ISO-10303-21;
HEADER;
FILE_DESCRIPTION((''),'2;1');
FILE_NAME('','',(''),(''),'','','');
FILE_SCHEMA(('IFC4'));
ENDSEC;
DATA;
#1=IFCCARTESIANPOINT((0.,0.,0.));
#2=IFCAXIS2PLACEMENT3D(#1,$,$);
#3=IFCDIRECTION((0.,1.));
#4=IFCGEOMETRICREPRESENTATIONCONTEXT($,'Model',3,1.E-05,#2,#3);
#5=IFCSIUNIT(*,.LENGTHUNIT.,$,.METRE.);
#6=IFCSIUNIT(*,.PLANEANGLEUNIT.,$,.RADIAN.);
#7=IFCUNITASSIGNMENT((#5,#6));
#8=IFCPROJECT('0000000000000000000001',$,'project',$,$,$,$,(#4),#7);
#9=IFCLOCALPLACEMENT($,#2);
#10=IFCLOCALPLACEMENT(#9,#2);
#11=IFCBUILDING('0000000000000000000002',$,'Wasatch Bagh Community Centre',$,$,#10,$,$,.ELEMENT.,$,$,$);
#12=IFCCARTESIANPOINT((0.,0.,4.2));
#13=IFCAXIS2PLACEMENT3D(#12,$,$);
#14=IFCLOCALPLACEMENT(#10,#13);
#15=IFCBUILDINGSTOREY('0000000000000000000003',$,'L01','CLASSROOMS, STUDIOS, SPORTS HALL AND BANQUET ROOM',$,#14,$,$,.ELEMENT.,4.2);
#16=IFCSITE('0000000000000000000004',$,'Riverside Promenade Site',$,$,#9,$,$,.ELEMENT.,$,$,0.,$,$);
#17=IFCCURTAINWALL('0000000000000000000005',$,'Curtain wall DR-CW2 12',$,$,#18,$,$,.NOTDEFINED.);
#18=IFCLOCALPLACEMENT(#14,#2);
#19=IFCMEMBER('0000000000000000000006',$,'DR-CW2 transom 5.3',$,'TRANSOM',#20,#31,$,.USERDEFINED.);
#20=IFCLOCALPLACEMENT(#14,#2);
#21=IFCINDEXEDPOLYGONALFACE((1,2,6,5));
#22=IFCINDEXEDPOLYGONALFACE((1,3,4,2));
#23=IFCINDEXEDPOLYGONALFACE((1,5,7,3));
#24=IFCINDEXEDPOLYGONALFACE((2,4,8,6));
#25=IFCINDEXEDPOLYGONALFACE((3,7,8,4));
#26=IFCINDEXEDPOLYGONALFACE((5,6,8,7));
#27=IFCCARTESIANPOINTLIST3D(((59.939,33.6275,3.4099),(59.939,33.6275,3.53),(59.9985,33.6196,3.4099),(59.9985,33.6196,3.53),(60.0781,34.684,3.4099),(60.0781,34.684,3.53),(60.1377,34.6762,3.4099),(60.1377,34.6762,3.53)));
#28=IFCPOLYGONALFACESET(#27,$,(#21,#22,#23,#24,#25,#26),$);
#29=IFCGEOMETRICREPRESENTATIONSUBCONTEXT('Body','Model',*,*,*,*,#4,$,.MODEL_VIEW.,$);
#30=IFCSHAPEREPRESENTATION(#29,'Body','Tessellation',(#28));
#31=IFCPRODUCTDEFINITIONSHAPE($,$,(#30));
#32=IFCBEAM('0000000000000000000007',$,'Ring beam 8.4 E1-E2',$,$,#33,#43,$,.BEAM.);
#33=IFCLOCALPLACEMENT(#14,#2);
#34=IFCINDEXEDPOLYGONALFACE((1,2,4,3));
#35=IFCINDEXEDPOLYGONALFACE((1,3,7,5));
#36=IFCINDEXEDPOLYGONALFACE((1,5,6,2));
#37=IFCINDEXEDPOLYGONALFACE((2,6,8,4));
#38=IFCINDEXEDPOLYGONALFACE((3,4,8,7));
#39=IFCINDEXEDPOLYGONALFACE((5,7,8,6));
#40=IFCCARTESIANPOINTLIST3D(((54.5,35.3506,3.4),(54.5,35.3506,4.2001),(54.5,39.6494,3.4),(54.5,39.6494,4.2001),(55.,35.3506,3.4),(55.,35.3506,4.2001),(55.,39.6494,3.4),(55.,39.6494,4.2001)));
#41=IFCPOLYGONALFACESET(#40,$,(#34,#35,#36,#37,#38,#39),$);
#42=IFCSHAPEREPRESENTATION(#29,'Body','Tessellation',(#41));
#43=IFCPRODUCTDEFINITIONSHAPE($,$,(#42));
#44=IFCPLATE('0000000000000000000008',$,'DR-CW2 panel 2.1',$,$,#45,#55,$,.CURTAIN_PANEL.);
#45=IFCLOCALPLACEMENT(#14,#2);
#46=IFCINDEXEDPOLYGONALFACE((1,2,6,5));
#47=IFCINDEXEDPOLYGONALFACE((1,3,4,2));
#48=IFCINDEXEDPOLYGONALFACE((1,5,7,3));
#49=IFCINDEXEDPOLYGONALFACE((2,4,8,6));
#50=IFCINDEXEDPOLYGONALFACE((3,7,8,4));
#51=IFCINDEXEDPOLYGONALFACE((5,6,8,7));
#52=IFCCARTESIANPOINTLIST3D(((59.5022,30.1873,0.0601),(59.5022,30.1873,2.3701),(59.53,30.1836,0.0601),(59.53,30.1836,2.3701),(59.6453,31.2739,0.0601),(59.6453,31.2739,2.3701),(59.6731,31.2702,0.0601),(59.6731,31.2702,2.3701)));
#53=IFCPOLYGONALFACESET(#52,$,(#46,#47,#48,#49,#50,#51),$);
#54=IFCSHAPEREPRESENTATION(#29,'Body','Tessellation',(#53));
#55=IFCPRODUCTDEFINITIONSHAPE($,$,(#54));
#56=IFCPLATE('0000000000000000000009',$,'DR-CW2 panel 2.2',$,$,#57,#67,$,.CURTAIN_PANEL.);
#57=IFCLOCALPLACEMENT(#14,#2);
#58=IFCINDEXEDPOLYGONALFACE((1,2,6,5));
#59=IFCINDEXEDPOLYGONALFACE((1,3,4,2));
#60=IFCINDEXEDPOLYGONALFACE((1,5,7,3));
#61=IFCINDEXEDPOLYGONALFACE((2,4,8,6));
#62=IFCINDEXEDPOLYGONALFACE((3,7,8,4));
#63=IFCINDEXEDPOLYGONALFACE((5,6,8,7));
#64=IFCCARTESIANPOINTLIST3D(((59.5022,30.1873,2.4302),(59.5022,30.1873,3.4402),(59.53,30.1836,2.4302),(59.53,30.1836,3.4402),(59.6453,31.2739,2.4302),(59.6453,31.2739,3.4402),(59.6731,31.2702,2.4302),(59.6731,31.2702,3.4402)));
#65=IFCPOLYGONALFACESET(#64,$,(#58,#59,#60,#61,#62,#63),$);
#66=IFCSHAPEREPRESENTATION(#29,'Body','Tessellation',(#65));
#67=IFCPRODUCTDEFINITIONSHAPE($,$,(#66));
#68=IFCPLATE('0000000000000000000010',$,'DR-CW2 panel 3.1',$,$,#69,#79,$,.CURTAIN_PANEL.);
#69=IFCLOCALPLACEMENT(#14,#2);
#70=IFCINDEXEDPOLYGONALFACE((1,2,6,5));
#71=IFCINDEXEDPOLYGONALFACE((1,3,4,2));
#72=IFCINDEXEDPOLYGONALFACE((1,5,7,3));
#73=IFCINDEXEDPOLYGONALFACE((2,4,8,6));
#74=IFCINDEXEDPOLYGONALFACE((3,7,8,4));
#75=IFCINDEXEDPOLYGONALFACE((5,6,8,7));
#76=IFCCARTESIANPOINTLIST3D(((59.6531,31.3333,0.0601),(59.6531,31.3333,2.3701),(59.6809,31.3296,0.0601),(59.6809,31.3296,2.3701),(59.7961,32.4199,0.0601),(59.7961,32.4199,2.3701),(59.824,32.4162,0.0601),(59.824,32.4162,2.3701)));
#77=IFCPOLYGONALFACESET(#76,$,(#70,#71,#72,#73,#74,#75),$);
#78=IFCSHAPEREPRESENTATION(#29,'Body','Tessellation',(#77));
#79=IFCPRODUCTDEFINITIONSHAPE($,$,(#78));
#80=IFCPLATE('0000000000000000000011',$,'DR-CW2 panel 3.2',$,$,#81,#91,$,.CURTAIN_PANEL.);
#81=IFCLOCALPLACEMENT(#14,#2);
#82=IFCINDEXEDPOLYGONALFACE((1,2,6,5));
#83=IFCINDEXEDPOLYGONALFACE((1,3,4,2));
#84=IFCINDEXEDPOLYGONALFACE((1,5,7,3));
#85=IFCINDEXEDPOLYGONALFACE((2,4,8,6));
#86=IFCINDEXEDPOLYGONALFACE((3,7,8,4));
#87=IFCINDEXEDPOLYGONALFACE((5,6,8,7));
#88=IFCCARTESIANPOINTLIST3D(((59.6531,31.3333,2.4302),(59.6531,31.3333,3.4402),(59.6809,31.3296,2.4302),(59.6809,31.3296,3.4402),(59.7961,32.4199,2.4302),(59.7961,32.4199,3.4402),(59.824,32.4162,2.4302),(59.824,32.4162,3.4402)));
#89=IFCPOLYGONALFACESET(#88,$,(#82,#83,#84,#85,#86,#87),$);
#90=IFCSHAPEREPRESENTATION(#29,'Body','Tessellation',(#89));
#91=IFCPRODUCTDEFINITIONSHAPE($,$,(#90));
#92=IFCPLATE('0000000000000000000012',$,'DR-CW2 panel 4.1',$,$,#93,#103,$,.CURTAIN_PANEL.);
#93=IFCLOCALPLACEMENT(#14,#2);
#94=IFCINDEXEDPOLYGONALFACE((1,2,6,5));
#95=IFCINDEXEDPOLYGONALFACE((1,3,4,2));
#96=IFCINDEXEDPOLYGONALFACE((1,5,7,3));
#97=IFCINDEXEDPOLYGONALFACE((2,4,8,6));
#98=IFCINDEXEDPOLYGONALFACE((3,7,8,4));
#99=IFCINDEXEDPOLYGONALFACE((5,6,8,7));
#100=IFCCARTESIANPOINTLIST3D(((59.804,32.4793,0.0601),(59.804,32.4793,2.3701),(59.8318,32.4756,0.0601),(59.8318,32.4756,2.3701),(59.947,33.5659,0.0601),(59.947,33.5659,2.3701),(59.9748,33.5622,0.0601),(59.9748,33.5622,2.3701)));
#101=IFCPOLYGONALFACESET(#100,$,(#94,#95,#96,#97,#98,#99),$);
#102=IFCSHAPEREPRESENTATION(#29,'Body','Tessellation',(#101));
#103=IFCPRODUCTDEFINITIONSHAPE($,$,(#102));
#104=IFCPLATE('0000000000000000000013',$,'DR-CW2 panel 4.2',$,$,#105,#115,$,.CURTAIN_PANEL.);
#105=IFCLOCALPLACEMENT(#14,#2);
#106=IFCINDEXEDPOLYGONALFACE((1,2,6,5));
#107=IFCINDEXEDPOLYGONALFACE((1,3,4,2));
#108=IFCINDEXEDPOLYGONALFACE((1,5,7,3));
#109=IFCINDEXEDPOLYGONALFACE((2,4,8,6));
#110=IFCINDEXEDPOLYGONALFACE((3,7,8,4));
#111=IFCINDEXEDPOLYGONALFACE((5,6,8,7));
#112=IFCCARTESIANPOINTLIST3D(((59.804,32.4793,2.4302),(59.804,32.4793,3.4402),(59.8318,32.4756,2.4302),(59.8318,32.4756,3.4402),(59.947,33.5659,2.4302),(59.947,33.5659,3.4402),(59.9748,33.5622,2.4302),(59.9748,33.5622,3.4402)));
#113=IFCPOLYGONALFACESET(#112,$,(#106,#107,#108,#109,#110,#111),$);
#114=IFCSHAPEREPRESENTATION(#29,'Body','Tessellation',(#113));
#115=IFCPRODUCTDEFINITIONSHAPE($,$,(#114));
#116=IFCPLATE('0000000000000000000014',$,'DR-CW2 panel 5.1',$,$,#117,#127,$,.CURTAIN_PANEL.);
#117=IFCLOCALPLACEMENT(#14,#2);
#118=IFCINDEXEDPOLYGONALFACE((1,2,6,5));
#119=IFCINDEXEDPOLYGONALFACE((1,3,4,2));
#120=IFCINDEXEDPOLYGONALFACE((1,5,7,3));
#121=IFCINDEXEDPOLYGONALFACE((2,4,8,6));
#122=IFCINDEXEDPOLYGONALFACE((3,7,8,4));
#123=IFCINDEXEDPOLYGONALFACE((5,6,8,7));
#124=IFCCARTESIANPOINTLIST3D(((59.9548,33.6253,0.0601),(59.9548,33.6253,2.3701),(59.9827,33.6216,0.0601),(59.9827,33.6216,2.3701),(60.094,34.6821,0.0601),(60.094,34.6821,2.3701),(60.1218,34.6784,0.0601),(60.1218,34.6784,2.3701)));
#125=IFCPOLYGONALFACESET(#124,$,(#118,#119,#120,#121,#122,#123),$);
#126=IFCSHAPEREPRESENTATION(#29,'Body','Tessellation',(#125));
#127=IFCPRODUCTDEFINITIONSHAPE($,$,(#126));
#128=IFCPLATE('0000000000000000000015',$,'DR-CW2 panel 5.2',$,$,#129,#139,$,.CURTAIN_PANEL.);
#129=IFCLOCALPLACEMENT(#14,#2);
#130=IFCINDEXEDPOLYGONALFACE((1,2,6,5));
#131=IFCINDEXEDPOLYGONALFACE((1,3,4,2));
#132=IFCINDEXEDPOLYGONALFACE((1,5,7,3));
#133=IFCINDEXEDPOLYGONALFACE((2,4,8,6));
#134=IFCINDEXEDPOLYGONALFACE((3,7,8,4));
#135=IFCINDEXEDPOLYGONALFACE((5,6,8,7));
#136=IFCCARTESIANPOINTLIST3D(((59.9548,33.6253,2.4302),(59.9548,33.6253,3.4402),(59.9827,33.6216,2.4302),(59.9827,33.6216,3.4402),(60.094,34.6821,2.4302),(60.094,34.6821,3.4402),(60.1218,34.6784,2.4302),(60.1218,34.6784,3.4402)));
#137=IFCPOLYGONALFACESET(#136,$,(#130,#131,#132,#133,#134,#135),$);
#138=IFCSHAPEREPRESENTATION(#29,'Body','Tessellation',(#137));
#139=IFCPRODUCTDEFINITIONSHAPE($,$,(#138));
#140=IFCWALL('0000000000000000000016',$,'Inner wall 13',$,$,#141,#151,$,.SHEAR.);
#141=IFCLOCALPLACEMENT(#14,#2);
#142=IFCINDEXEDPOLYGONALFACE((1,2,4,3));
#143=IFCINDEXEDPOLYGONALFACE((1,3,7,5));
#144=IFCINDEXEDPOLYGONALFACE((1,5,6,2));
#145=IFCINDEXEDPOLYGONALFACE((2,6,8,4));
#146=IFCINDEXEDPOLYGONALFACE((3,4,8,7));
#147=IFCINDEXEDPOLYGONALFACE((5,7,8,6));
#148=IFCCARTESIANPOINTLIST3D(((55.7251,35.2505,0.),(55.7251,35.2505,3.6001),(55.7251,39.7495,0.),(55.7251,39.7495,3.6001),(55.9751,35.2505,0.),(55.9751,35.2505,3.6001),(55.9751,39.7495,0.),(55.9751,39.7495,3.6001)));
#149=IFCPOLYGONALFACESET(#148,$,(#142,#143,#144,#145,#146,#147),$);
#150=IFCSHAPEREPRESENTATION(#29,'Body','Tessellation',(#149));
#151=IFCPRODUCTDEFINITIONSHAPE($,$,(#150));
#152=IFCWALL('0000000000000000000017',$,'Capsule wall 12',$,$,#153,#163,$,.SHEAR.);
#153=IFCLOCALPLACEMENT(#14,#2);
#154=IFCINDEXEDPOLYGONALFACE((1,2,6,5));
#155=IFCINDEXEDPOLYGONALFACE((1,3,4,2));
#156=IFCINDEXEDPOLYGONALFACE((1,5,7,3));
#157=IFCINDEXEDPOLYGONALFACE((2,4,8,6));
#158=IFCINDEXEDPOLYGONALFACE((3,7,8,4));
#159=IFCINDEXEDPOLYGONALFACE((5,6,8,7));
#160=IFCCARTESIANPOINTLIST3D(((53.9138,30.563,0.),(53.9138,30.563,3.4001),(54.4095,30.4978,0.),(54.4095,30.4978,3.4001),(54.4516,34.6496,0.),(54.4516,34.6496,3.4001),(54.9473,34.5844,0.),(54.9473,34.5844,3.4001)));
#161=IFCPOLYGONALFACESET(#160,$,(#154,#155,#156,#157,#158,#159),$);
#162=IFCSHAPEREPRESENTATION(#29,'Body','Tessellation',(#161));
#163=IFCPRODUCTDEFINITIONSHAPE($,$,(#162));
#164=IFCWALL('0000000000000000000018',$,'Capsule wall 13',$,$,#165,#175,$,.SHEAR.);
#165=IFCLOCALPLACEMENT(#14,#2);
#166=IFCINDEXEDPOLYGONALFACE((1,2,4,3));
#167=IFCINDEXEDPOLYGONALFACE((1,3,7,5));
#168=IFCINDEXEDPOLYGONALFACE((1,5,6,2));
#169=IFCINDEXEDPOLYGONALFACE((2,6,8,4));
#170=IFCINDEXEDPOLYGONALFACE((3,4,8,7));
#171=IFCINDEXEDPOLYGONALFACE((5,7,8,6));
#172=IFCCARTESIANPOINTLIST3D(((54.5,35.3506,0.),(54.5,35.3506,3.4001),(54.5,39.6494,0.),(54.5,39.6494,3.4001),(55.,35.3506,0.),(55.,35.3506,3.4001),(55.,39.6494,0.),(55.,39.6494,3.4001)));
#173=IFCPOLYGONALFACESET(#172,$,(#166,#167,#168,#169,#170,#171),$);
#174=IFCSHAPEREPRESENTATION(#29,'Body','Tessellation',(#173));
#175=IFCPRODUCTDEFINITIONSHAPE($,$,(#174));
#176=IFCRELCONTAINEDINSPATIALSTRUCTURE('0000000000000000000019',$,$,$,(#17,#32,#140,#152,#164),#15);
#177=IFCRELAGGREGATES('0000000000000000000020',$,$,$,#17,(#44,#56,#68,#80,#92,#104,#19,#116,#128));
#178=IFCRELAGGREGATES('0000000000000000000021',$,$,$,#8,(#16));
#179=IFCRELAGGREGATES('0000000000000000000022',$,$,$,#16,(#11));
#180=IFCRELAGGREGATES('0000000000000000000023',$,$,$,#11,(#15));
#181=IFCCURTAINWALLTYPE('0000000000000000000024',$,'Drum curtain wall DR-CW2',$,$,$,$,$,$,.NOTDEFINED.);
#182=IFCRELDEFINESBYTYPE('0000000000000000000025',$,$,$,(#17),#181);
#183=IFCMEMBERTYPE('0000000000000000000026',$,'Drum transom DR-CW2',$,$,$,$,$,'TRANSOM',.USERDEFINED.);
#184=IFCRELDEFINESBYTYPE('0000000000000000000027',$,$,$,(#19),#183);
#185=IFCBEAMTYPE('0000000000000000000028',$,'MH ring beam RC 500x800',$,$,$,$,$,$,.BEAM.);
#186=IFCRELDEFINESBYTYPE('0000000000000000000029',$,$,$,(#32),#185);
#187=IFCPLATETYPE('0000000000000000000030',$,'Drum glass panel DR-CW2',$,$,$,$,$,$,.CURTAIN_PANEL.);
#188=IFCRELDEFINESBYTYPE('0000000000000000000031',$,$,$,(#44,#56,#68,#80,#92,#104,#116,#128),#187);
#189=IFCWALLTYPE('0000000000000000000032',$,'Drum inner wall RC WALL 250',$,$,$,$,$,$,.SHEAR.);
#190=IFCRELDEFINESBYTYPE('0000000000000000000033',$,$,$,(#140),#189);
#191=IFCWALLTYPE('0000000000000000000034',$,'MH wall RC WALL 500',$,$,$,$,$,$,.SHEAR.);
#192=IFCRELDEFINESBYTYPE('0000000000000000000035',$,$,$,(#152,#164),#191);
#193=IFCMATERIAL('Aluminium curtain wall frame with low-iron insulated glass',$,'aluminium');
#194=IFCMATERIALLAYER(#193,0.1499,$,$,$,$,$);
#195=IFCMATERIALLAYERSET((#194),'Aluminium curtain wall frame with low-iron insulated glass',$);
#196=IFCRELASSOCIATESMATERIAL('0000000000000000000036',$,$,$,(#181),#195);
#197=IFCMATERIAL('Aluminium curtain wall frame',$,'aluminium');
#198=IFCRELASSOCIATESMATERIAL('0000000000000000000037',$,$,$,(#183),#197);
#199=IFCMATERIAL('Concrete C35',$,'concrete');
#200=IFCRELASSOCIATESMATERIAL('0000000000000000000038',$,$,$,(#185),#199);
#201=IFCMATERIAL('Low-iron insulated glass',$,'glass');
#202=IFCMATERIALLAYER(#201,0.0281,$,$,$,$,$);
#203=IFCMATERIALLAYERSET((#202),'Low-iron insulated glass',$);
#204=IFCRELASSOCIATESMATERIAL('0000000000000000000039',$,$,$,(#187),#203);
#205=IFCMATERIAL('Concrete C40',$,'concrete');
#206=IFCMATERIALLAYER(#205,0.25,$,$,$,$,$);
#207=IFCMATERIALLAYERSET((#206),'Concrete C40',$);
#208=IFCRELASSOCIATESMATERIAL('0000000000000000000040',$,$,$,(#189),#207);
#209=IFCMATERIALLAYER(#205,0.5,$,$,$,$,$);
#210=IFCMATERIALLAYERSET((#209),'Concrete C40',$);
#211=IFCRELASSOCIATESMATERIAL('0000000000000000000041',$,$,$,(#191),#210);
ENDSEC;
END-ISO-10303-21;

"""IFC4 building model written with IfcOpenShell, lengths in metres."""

from ifc_helpers import new_model, si_unit, direction, frame, frame_2d, origin, origin_2d, place, context, subcontext, project, spatial, rectangle, extrude, material, layer, layer_set, material_profile, profile_set, type_object, element, aggregate, save


model = new_model("IFC4")

# Units and contexts
model_context = context("Model", 3, precision=1e-05, world=origin(), true_north=direction((0.0, 1.0)))
body_context = subcontext(model_context, "Body", "Model", "MODEL_VIEW")
ifc_project = project(units=[si_unit("LENGTHUNIT", "METRE"), si_unit("PLANEANGLEUNIT", "RADIAN")], contexts=[model_context])

# Site, building, storey
site_placement = place(None, origin())
site = spatial("IfcSite", under=ifc_project, at=site_placement, Name="Riverside Promenade Site", CompositionType="ELEMENT", RefElevation=0.0)
building_placement = place(site_placement, origin())
building = spatial("IfcBuilding", under=site, at=building_placement, Name="Wasatch Bagh Community Centre", CompositionType="ELEMENT")
storey_placement = place(building_placement, frame((0.0, 0.0, 4.2)))
storey = spatial("IfcBuildingStorey", under=building, at=storey_placement, Name="L01", Description="CLASSROOMS, STUDIOS, SPORTS HALL AND BANQUET ROOM", CompositionType="ELEMENT", Elevation=4.2)

# Shared definitions
ifc_material_1 = material(Name="Concrete C40", Category="concrete")

# Curtain wall
ifc_material_2 = material(Name="Aluminium curtain wall frame with low-iron insulated glass", Category="aluminium")
ifc_layer_1 = layer(ifc_material_2, 0.1499)
ifc_layer_set_1 = layer_set([ifc_layer_1], Name="Aluminium curtain wall frame with low-iron insulated glass")
curtain_wall_type = type_object("IfcCurtainWallType", Name="Drum curtain wall DR-CW2", PredefinedType="NOTDEFINED", material=ifc_layer_set_1)
curtain_wall_placement = place(storey_placement, origin())
curtain_wall = element("IfcCurtainWall", 1, at=curtain_wall_placement, inside=storey, type_object=curtain_wall_type, Name="Curtain wall DR-CW2 12", PredefinedType="NOTDEFINED")
ifc_material_3 = material(Name="Aluminium curtain wall frame", Category="aluminium")

# Shared definitions
ifc_material_4 = material(Name="Concrete C35", Category="concrete")

# Member
ifc_material_profile_1 = material_profile(ifc_material_3, rectangle(XDim=0.0601, YDim=0.1201, at=origin_2d()), Name="Drum transom DR-CW2")
ifc_profile_set_1 = profile_set([ifc_material_profile_1], Name="Aluminium curtain wall frame")
member_type_1 = type_object("IfcMemberType", Name="Drum transom DR-CW2", ElementType="TRANSOM", PredefinedType="USERDEFINED", material=ifc_profile_set_1)
member_1_placement = place(storey_placement, frame((59.9688, 33.6235, 3.47), z_axis=(0.130573, 0.991439, 0.0), x_axis=(-0.991439, 0.130573, 0.0)))
member_1 = element("IfcMember", 2, at=member_1_placement, type_object=member_type_1, Name="DR-CW2 transom 5.3", ObjectType="TRANSOM", PredefinedType="USERDEFINED", context=body_context, shape_type="SweptSolid", body=[
    extrude(rectangle(XDim=0.0601, YDim=0.1201, at=origin_2d()), origin(), (0.0, 0.0, 1.0), 1.0657),
])

# Beam
ifc_material_profile_2 = material_profile(ifc_material_4, rectangle(XDim=0.5, YDim=0.8, at=origin_2d()), Name="RC 500x800")
ifc_profile_set_2 = profile_set([ifc_material_profile_2], Name="Concrete C35")
beam_type_1 = type_object("IfcBeamType", Name="MH ring beam RC 500x800", PredefinedType="BEAM", material=ifc_profile_set_2)
beam_1_placement = place(storey_placement, frame((54.75, 35.3506, 3.8), z_axis=(0.0, 1.0, 0.0), x_axis=(-1.0, 0.0, 0.0)))
element("IfcBeam", 3, at=beam_1_placement, inside=storey, type_object=beam_type_1, Name="Ring beam 8.4 E1-E2", PredefinedType="BEAM", context=body_context, shape_type="SweptSolid", body=[
    extrude(rectangle(XDim=0.5, YDim=0.8, at=origin_2d()), origin(), (0.0, 0.0, 1.0), 4.2988),
])

# Plates
ifc_material_5 = material(Name="Low-iron insulated glass", Category="glass")
ifc_layer_2 = layer(ifc_material_5, 0.0281)
ifc_layer_set_2 = layer_set([ifc_layer_2], Name="Low-iron insulated glass")
plate_type = type_object("IfcPlateType", Name="Drum glass panel DR-CW2", PredefinedType="CURTAIN_PANEL", material=ifc_layer_set_2)
plate_1_placement = place(storey_placement, frame((59.5876, 30.7288, 0.0601), z_axis=(0.0, 0.0, 1.0), x_axis=(0.130526, 0.991445, 0.0)))
plate_1 = element("IfcPlate", 4, at=plate_1_placement, type_object=plate_type, Name="DR-CW2 panel 2.1", PredefinedType="CURTAIN_PANEL", context=body_context, shape_type="SweptSolid", body=[
    extrude(rectangle(XDim=1.0959, YDim=0.0281, at=origin_2d()), origin(), (0.0, 0.0, 1.0), 2.3101),
])
plate_2_placement = place(storey_placement, frame((59.5876, 30.7288, 2.4302), z_axis=(0.0, 0.0, 1.0), x_axis=(0.130526, 0.991445, 0.0)))
plate_2 = element("IfcPlate", 5, at=plate_2_placement, type_object=plate_type, Name="DR-CW2 panel 2.2", PredefinedType="CURTAIN_PANEL", context=body_context, shape_type="SweptSolid", body=[
    extrude(rectangle(XDim=1.0959, YDim=0.0281, at=origin_2d()), origin(), (0.0, 0.0, 1.0), 1.01),
])
plate_3_placement = place(storey_placement, frame((59.7385, 31.8748, 0.0601), z_axis=(0.0, 0.0, 1.0), x_axis=(0.130526, 0.991445, 0.0)))
plate_3 = element("IfcPlate", 6, at=plate_3_placement, type_object=plate_type, Name="DR-CW2 panel 3.1", PredefinedType="CURTAIN_PANEL", context=body_context, shape_type="SweptSolid", body=[
    extrude(rectangle(XDim=1.0959, YDim=0.0281, at=origin_2d()), origin(), (0.0, 0.0, 1.0), 2.3101),
])
plate_4_placement = place(storey_placement, frame((59.7385, 31.8748, 2.4302), z_axis=(0.0, 0.0, 1.0), x_axis=(0.130526, 0.991445, 0.0)))
plate_4 = element("IfcPlate", 7, at=plate_4_placement, type_object=plate_type, Name="DR-CW2 panel 3.2", PredefinedType="CURTAIN_PANEL", context=body_context, shape_type="SweptSolid", body=[
    extrude(rectangle(XDim=1.0959, YDim=0.0281, at=origin_2d()), origin(), (0.0, 0.0, 1.0), 1.01),
])
plate_5_placement = place(storey_placement, frame((59.8894, 33.0208, 0.0601), z_axis=(0.0, 0.0, 1.0), x_axis=(0.130526, 0.991445, 0.0)))
plate_5 = element("IfcPlate", 8, at=plate_5_placement, type_object=plate_type, Name="DR-CW2 panel 4.1", PredefinedType="CURTAIN_PANEL", context=body_context, shape_type="SweptSolid", body=[
    extrude(rectangle(XDim=1.0959, YDim=0.0281, at=origin_2d()), origin(), (0.0, 0.0, 1.0), 2.3101),
])
plate_6_placement = place(storey_placement, frame((59.8894, 33.0208, 2.4302), z_axis=(0.0, 0.0, 1.0), x_axis=(0.130526, 0.991445, 0.0)))
plate_6 = element("IfcPlate", 9, at=plate_6_placement, type_object=plate_type, Name="DR-CW2 panel 4.2", PredefinedType="CURTAIN_PANEL", context=body_context, shape_type="SweptSolid", body=[
    extrude(rectangle(XDim=1.0959, YDim=0.0281, at=origin_2d()), origin(), (0.0, 0.0, 1.0), 1.01),
])
plate_7_placement = place(storey_placement, frame((60.0383, 34.1519, 0.0601), z_axis=(0.0, 0.0, 1.0), x_axis=(0.130526, 0.991445, 0.0)))
plate_7 = element("IfcPlate", 10, at=plate_7_placement, type_object=plate_type, Name="DR-CW2 panel 5.1", PredefinedType="CURTAIN_PANEL", context=body_context, shape_type="SweptSolid", body=[
    extrude(rectangle(XDim=1.0659, YDim=0.0281, at=origin_2d()), origin(), (0.0, 0.0, 1.0), 2.3101),
])
plate_8_placement = place(storey_placement, frame((60.0383, 34.1519, 2.4302), z_axis=(0.0, 0.0, 1.0), x_axis=(0.130526, 0.991445, 0.0)))
plate_8 = element("IfcPlate", 11, at=plate_8_placement, type_object=plate_type, Name="DR-CW2 panel 5.2", PredefinedType="CURTAIN_PANEL", context=body_context, shape_type="SweptSolid", body=[
    extrude(rectangle(XDim=1.0659, YDim=0.0281, at=origin_2d()), origin(), (0.0, 0.0, 1.0), 1.01),
])
aggregate(curtain_wall, [plate_1, plate_2, plate_3, plate_4, plate_5, plate_6, member_1, plate_7, plate_8])

# Walls
ifc_layer_3 = layer(ifc_material_1, 0.25)
ifc_layer_set_3 = layer_set([ifc_layer_3], Name="Concrete C40")
wall_type_1 = type_object("IfcWallType", Name="Drum inner wall RC WALL 250", PredefinedType="SHEAR", material=ifc_layer_set_3)
wall_1_placement = place(storey_placement, frame((55.8501, 35.2505, 0.0), z_axis=(0.0, 0.0, 1.0), x_axis=(0.0, 1.0, 0.0)))
element("IfcWall", 12, at=wall_1_placement, inside=storey, type_object=wall_type_1, Name="Inner wall 13", PredefinedType="SHEAR", context=body_context, shape_type="SweptSolid", body=[
    extrude(rectangle(XDim=4.499, YDim=0.25, at=frame_2d((2.2495, 0.0))), origin(), (0.0, 0.0, 1.0), 3.6001),
])
ifc_layer_4 = layer(ifc_material_1, 0.5)
ifc_layer_set_4 = layer_set([ifc_layer_4], Name="Concrete C40")
wall_type_2 = type_object("IfcWallType", Name="MH wall RC WALL 500", PredefinedType="SHEAR", material=ifc_layer_set_4)
wall_2_placement = place(storey_placement, frame((54.1616, 30.5303, 0.0), z_axis=(0.0, 0.0, 1.0), x_axis=(0.130484, 0.99145, 0.0)))
element("IfcWall", 13, at=wall_2_placement, inside=storey, type_object=wall_type_2, Name="Capsule wall 12", PredefinedType="SHEAR", context=body_context, shape_type="SweptSolid", body=[
    extrude(rectangle(XDim=4.1218, YDim=0.5, at=frame_2d((2.061, 0.0))), origin(), (0.0, 0.0, 1.0), 3.4001),
])
wall_3_placement = place(storey_placement, frame((54.75, 35.3506, 0.0), z_axis=(0.0, 0.0, 1.0), x_axis=(0.0, 1.0, 0.0)))
element("IfcWall", 14, at=wall_3_placement, inside=storey, type_object=wall_type_2, Name="Capsule wall 13", PredefinedType="SHEAR", context=body_context, shape_type="SweptSolid", body=[
    extrude(rectangle(XDim=4.2988, YDim=0.5, at=frame_2d((2.1494, 0.0))), origin(), (0.0, 0.0, 1.0), 3.4001),
])

save(model, "model.ifc")
